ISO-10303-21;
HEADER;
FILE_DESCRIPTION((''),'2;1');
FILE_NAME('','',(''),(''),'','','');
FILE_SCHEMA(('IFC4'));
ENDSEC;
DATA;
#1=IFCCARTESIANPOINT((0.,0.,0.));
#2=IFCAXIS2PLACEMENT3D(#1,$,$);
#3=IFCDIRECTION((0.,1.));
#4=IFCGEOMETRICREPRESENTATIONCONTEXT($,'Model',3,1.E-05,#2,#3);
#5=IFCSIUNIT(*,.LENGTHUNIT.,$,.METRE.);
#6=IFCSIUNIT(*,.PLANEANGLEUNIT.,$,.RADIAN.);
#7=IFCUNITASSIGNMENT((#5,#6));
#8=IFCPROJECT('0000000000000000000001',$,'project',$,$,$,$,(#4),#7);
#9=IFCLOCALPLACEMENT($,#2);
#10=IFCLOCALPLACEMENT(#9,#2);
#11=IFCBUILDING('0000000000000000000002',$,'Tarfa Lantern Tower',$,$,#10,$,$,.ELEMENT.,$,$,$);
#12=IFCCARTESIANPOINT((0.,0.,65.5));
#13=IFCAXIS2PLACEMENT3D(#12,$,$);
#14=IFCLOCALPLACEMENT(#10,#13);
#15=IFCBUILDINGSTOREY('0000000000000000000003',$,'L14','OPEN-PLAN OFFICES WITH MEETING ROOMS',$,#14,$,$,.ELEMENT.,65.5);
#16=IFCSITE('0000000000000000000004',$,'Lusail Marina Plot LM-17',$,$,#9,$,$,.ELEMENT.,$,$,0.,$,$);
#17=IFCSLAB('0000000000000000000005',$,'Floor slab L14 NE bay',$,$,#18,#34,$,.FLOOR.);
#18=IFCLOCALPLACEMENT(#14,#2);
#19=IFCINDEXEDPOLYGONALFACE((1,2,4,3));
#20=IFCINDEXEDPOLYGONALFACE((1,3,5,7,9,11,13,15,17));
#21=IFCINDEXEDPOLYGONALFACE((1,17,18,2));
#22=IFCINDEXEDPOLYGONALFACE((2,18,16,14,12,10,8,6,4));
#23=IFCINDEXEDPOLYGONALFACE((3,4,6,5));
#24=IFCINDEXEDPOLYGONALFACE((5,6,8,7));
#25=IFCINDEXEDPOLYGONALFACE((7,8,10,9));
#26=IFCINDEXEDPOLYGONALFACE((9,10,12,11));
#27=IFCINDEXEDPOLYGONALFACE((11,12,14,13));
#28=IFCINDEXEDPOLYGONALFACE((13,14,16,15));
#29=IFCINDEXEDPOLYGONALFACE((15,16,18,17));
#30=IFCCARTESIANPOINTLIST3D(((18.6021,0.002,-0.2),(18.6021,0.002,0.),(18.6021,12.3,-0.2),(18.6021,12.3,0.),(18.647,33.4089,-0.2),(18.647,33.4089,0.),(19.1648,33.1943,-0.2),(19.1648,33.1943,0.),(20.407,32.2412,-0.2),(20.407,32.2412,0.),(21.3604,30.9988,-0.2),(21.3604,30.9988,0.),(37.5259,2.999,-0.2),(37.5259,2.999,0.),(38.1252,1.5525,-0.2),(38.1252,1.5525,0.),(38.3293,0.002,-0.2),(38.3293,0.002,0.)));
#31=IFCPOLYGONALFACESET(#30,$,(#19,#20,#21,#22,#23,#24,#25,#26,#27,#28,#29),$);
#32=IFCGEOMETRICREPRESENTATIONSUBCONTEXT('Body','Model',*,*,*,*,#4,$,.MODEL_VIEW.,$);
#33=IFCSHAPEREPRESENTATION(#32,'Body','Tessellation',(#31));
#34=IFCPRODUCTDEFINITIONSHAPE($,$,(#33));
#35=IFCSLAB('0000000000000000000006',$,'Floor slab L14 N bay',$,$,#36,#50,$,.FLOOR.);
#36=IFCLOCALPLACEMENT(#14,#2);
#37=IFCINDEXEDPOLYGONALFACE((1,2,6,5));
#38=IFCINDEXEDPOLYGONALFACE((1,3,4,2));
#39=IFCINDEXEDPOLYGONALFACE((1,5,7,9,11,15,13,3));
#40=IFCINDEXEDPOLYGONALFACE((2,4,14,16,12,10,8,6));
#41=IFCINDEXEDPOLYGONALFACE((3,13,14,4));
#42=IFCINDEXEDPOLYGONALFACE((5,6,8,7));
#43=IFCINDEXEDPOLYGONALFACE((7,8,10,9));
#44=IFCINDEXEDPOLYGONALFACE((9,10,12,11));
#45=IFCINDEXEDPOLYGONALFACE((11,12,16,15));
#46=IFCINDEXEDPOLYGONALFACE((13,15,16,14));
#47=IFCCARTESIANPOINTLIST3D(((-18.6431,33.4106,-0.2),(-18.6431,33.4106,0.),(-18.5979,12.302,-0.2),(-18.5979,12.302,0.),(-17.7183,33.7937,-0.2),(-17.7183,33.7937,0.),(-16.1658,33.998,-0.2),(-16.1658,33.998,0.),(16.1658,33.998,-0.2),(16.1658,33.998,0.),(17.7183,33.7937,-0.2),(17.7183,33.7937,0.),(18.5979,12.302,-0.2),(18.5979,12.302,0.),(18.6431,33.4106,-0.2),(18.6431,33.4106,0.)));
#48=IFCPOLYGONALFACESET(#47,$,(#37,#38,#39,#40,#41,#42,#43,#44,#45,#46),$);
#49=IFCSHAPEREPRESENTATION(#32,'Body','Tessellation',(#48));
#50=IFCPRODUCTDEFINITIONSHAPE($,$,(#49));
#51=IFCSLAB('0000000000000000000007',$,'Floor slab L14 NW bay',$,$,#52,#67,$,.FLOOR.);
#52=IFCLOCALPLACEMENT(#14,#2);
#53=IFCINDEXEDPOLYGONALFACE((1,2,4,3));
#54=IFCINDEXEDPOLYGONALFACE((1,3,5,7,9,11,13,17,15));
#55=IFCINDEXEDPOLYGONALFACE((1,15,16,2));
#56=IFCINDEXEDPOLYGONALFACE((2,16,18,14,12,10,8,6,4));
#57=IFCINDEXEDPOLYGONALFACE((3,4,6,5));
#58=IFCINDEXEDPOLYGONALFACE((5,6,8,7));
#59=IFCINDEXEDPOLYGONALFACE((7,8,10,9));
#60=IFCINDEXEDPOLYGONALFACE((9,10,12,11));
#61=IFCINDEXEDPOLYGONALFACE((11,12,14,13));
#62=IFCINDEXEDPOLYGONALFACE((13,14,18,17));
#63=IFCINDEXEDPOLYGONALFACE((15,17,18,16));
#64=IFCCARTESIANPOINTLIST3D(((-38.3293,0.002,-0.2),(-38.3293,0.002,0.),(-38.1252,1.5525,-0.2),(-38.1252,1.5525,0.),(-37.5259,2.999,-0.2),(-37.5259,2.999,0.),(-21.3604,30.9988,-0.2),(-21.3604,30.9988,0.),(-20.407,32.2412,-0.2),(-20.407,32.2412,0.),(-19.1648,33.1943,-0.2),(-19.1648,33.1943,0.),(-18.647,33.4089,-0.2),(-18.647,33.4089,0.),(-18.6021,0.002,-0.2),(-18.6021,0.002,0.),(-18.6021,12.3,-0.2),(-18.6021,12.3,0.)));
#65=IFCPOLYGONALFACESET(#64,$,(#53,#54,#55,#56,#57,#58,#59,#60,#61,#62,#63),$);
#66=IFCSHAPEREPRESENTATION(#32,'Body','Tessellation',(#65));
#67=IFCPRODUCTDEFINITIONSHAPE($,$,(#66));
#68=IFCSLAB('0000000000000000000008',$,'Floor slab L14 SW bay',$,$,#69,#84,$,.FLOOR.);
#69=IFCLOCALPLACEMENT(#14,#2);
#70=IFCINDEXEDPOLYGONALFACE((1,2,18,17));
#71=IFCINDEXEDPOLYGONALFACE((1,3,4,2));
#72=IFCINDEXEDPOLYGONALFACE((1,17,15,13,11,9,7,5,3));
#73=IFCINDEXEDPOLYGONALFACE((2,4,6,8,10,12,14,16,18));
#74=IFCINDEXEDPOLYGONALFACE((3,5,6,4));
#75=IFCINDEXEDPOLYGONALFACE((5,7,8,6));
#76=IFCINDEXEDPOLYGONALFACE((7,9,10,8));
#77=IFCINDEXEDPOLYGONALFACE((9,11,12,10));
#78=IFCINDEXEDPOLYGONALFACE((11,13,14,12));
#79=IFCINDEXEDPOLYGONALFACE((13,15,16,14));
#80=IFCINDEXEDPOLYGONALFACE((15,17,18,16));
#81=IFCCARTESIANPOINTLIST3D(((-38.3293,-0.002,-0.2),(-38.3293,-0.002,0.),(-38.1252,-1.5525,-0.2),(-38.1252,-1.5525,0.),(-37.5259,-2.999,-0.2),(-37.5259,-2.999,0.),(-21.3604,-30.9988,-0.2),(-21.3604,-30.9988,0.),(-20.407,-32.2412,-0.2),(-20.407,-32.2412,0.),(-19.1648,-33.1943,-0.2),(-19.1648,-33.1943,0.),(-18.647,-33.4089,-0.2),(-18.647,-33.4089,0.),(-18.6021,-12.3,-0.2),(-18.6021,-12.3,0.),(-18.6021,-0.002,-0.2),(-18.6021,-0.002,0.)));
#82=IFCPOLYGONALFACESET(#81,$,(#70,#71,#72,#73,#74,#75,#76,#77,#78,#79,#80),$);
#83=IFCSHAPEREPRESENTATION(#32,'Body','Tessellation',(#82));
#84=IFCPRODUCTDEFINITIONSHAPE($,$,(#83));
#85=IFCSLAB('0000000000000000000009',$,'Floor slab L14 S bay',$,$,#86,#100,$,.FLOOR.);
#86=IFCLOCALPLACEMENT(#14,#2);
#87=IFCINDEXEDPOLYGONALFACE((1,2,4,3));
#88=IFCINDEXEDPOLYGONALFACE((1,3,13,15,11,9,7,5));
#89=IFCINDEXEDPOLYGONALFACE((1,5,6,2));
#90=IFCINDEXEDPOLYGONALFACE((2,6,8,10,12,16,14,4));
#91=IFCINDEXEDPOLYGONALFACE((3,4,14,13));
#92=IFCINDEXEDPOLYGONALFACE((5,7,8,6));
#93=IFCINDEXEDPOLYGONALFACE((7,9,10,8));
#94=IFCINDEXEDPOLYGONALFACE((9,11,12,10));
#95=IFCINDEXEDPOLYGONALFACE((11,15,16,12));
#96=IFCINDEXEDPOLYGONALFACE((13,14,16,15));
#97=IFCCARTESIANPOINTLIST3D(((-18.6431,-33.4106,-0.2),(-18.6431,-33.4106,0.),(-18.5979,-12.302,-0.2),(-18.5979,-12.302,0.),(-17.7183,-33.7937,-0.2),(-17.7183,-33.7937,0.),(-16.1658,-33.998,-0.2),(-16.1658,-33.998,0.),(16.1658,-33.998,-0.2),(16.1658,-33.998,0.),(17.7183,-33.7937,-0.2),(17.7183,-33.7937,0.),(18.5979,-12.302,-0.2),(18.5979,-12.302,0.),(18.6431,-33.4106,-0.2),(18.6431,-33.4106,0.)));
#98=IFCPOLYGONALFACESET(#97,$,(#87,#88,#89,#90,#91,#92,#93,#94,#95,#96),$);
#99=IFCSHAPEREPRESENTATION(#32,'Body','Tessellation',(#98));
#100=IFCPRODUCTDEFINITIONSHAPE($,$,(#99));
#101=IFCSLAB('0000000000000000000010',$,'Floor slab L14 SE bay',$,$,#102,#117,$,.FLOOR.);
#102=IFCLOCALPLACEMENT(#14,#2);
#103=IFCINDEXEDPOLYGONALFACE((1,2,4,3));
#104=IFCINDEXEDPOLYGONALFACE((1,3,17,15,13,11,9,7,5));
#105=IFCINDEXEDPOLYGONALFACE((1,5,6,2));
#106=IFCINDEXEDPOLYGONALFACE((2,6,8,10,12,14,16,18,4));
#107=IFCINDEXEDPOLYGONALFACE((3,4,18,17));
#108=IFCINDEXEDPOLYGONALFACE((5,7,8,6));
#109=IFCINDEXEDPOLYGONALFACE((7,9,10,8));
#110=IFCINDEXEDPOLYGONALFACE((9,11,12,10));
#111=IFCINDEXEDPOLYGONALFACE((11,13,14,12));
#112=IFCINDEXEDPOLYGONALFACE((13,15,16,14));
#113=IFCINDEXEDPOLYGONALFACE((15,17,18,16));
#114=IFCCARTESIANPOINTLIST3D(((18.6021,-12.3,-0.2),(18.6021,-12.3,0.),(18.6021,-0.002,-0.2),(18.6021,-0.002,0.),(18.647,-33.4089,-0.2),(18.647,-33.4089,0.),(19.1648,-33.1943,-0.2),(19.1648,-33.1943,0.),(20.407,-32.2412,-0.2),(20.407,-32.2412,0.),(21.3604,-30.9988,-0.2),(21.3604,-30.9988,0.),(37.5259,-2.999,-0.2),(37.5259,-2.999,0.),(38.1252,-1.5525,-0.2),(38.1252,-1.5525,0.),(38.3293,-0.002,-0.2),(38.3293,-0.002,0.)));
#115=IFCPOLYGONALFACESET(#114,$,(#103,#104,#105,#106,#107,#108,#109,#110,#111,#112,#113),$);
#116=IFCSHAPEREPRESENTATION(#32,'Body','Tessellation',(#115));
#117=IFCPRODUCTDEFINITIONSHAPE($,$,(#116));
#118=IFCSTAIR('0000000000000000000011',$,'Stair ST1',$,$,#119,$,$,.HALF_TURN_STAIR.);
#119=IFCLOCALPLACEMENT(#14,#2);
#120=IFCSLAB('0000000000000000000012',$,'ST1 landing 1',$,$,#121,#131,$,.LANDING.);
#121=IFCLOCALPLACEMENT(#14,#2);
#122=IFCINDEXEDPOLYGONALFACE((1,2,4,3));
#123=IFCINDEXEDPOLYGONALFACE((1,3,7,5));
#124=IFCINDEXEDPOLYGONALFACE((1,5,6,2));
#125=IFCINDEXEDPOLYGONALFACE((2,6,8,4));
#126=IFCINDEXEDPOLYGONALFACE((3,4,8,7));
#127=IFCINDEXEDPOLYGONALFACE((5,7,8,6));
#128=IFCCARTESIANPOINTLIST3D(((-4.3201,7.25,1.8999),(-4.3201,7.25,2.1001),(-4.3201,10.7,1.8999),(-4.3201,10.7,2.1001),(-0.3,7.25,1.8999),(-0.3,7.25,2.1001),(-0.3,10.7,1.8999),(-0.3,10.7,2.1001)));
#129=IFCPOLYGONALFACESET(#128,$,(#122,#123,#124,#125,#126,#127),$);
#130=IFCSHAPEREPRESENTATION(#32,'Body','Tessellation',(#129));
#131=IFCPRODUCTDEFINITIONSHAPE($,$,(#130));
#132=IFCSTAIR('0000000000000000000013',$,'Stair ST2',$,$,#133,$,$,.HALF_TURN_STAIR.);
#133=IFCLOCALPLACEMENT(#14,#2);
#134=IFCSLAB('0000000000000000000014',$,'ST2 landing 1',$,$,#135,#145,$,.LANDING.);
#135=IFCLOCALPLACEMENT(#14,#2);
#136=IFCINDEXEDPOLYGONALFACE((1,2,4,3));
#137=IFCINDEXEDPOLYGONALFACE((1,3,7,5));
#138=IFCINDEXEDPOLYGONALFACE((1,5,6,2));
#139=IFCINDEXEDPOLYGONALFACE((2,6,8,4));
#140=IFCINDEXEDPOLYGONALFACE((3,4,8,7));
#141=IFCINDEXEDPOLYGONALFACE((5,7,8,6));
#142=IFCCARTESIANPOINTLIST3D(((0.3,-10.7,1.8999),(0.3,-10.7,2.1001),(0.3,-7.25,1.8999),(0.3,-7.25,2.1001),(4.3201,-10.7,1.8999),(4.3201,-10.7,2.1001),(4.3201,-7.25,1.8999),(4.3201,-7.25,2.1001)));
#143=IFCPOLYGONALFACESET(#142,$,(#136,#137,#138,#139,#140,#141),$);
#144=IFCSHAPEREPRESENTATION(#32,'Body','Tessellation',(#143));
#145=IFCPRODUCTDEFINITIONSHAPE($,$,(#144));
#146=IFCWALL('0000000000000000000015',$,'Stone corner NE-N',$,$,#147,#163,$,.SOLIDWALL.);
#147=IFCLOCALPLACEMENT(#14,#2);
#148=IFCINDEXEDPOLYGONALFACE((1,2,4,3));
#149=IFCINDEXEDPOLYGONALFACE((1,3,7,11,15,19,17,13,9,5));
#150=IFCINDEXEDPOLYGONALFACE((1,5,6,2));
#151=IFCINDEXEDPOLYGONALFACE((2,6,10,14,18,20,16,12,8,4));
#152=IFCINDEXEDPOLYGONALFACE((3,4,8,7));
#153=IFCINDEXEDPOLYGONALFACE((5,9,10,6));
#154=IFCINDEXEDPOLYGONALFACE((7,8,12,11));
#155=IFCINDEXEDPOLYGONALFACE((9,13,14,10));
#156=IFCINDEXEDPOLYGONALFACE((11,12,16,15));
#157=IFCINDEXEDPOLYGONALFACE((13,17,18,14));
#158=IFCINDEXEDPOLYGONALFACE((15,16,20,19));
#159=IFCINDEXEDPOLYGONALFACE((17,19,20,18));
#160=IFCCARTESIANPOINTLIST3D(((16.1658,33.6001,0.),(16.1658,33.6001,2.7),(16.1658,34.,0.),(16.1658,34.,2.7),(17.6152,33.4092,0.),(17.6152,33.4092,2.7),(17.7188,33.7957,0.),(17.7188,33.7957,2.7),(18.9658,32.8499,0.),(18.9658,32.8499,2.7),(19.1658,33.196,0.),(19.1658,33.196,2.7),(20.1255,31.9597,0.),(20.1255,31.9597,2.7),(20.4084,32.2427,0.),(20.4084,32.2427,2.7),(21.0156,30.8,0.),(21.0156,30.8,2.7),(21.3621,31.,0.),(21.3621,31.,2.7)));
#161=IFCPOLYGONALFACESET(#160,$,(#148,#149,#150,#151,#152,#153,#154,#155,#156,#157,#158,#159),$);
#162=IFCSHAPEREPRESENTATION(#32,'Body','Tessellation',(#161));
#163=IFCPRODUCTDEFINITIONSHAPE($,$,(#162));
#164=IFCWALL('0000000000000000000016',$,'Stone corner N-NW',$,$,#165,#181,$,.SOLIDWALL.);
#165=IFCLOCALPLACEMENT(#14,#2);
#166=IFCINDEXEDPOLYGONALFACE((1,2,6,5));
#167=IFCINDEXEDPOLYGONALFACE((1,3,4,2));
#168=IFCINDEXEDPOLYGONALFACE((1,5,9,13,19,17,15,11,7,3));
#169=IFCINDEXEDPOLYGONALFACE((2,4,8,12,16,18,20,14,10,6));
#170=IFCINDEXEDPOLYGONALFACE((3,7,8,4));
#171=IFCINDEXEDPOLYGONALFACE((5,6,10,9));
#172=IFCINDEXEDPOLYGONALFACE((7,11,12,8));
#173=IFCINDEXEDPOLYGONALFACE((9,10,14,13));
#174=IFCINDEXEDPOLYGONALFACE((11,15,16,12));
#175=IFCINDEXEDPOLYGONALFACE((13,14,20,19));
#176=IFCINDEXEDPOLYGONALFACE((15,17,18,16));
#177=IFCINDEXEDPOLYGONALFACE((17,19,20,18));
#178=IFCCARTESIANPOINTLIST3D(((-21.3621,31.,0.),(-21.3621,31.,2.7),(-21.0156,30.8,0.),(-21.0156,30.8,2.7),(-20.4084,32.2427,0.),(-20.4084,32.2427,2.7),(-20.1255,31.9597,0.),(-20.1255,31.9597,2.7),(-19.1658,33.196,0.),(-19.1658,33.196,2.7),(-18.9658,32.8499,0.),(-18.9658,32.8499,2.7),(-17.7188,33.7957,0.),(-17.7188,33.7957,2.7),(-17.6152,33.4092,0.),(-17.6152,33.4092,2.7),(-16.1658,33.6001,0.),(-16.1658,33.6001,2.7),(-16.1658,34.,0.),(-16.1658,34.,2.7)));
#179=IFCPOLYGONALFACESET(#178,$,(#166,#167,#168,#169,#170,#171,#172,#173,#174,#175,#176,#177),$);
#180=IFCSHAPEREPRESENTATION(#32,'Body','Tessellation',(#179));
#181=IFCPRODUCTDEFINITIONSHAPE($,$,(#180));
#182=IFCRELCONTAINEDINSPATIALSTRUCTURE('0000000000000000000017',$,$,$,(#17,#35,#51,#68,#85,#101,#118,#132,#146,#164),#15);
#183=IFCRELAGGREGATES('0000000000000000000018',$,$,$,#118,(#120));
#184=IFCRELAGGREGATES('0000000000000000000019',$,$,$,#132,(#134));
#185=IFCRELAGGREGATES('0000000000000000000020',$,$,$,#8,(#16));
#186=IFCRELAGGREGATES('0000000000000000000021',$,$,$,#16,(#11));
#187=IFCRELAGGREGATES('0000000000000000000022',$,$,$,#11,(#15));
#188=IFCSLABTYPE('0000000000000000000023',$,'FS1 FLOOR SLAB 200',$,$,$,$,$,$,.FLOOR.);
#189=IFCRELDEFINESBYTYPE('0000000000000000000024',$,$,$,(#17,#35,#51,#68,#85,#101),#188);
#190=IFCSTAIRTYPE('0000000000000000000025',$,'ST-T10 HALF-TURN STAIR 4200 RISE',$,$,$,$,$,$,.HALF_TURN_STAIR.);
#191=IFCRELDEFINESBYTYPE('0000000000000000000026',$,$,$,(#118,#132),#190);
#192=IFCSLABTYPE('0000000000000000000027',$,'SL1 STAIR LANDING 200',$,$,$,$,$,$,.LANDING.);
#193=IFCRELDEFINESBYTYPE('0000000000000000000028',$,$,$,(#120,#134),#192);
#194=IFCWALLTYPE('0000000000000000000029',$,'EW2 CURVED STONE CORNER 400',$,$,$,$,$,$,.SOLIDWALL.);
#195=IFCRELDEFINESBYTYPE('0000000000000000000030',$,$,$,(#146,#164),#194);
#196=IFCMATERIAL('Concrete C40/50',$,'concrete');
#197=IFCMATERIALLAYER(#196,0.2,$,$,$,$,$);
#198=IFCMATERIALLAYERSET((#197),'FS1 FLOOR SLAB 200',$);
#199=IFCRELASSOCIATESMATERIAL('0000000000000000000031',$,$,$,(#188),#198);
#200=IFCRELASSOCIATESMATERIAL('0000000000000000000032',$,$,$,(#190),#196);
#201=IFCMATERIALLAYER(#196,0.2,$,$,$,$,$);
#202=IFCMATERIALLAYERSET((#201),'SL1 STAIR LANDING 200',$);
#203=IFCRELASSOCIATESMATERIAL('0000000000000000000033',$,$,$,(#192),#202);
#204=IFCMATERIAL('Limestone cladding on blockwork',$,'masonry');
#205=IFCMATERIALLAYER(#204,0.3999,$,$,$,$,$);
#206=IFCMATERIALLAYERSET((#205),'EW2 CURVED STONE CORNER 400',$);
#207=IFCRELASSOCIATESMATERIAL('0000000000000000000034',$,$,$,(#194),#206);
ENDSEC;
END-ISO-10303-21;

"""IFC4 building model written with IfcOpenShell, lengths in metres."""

from ifc_helpers import new_model, si_unit, direction, frame, origin, place, context, subcontext, project, spatial, polyline, outline, extrude, material, layer, layer_set, type_object, element, aggregate, save


model = new_model("IFC4")

# Units and contexts
model_context = context("Model", 3, precision=1e-05, world=origin(), true_north=direction((0.0, 1.0)))
body_context = subcontext(model_context, "Body", "Model", "MODEL_VIEW")
ifc_project = project(units=[si_unit("LENGTHUNIT", "METRE"), si_unit("PLANEANGLEUNIT", "RADIAN")], contexts=[model_context])

# Site, building, storey
site_placement = place(None, origin())
site = spatial("IfcSite", under=ifc_project, at=site_placement, Name="Lusail Marina Plot LM-17", CompositionType="ELEMENT", RefElevation=0.0)
building_placement = place(site_placement, origin())
building = spatial("IfcBuilding", under=site, at=building_placement, Name="Tarfa Lantern Tower", CompositionType="ELEMENT")
storey_placement = place(building_placement, frame((0.0, 0.0, 65.5)))
storey = spatial("IfcBuildingStorey", under=building, at=storey_placement, Name="L14", Description="OPEN-PLAN OFFICES WITH MEETING ROOMS", CompositionType="ELEMENT", Elevation=65.5)

# Slabs
ifc_material_1 = material(Name="Concrete C40/50", Category="concrete")
ifc_layer_1 = layer(ifc_material_1, 0.2)
ifc_layer_set_1 = layer_set([ifc_layer_1], Name="FS1 FLOOR SLAB 200")
slab_type_1 = type_object("IfcSlabType", Name="FS1 FLOOR SLAB 200", PredefinedType="FLOOR", material=ifc_layer_set_1)
slab_1_placement = place(storey_placement, frame((0.0, 0.0, -0.2)))
element("IfcSlab", 1, at=slab_1_placement, inside=storey, type_object=slab_type_1, Name="Floor slab L14 NE bay", PredefinedType="FLOOR", context=body_context, shape_type="SweptSolid", body=[
    extrude(outline(polyline([(37.5259, 2.999), (21.3604, 30.9988), (20.407, 32.2412), (19.1648, 33.1943), (18.647, 33.4089), (18.6021, 12.3), (18.6021, 0.002), (38.3293, 0.002), (38.1252, 1.5525), (37.5259, 2.999)])), origin(), (0.0, 0.0, 1.0), 0.2),
])
slab_2_placement = place(storey_placement, frame((0.0, 0.0, -0.2)))
element("IfcSlab", 2, at=slab_2_placement, inside=storey, type_object=slab_type_1, Name="Floor slab L14 N bay", PredefinedType="FLOOR", context=body_context, shape_type="SweptSolid", body=[
    extrude(outline(polyline([(-18.5979, 12.302), (18.5979, 12.302), (18.6431, 33.4106), (17.7183, 33.7937), (16.1658, 33.998), (-16.1658, 33.998), (-17.7183, 33.7937), (-18.6431, 33.4106), (-18.5979, 12.302)])), origin(), (0.0, 0.0, 1.0), 0.2),
])
slab_3_placement = place(storey_placement, frame((0.0, 0.0, -0.2)))
element("IfcSlab", 3, at=slab_3_placement, inside=storey, type_object=slab_type_1, Name="Floor slab L14 NW bay", PredefinedType="FLOOR", context=body_context, shape_type="SweptSolid", body=[
    extrude(outline(polyline([(-18.6021, 0.002), (-18.6021, 12.3), (-18.647, 33.4089), (-19.1648, 33.1943), (-20.407, 32.2412), (-21.3604, 30.9988), (-37.5259, 2.999), (-38.1252, 1.5525), (-38.3293, 0.002), (-18.6021, 0.002)])), origin(), (0.0, 0.0, 1.0), 0.2),
])
slab_4_placement = place(storey_placement, frame((0.0, 0.0, -0.2)))
element("IfcSlab", 4, at=slab_4_placement, inside=storey, type_object=slab_type_1, Name="Floor slab L14 SW bay", PredefinedType="FLOOR", context=body_context, shape_type="SweptSolid", body=[
    extrude(outline(polyline([(-18.6021, -12.3), (-18.6021, -0.002), (-38.3293, -0.002), (-38.1252, -1.5525), (-37.5259, -2.999), (-21.3604, -30.9988), (-20.407, -32.2412), (-19.1648, -33.1943), (-18.647, -33.4089), (-18.6021, -12.3)])), origin(), (0.0, 0.0, 1.0), 0.2),
])
slab_5_placement = place(storey_placement, frame((0.0, 0.0, -0.2)))
element("IfcSlab", 5, at=slab_5_placement, inside=storey, type_object=slab_type_1, Name="Floor slab L14 S bay", PredefinedType="FLOOR", context=body_context, shape_type="SweptSolid", body=[
    extrude(outline(polyline([(18.5979, -12.302), (-18.5979, -12.302), (-18.6431, -33.4106), (-17.7183, -33.7937), (-16.1658, -33.998), (16.1658, -33.998), (17.7183, -33.7937), (18.6431, -33.4106), (18.5979, -12.302)])), origin(), (0.0, 0.0, 1.0), 0.2),
])
slab_6_placement = place(storey_placement, frame((0.0, 0.0, -0.2)))
element("IfcSlab", 6, at=slab_6_placement, inside=storey, type_object=slab_type_1, Name="Floor slab L14 SE bay", PredefinedType="FLOOR", context=body_context, shape_type="SweptSolid", body=[
    extrude(outline(polyline([(18.6021, -0.002), (18.6021, -12.3), (18.647, -33.4089), (19.1648, -33.1943), (20.407, -32.2412), (21.3604, -30.9988), (37.5259, -2.999), (38.1252, -1.5525), (38.3293, -0.002), (18.6021, -0.002)])), origin(), (0.0, 0.0, 1.0), 0.2),
])

# Stairs, slabs
stair_type = type_object("IfcStairType", Name="ST-T10 HALF-TURN STAIR 4200 RISE", PredefinedType="HALF_TURN_STAIR", material=ifc_material_1)
stair_1_placement = place(storey_placement, origin())
stair_1 = element("IfcStair", 7, at=stair_1_placement, inside=storey, type_object=stair_type, Name="Stair ST1", PredefinedType="HALF_TURN_STAIR")
ifc_layer_2 = layer(ifc_material_1, 0.2)
ifc_layer_set_2 = layer_set([ifc_layer_2], Name="SL1 STAIR LANDING 200")
slab_type_2 = type_object("IfcSlabType", Name="SL1 STAIR LANDING 200", PredefinedType="LANDING", material=ifc_layer_set_2)
slab_7_placement = place(storey_placement, frame((0.0, 0.0, 1.8999)))
slab_7 = element("IfcSlab", 8, at=slab_7_placement, type_object=slab_type_2, Name="ST1 landing 1", PredefinedType="LANDING", context=body_context, shape_type="SweptSolid", body=[
    extrude(outline(polyline([(-4.3201, 7.25), (-0.3, 7.25), (-0.3, 10.7), (-4.3201, 10.7), (-4.3201, 7.25)])), origin(), (0.0, 0.0, 1.0), 0.2002),
])
aggregate(stair_1, [slab_7])
stair_2_placement = place(storey_placement, origin())
stair_2 = element("IfcStair", 9, at=stair_2_placement, inside=storey, type_object=stair_type, Name="Stair ST2", PredefinedType="HALF_TURN_STAIR")
slab_8_placement = place(storey_placement, frame((0.0, 0.0, 1.8999)))
slab_8 = element("IfcSlab", 10, at=slab_8_placement, type_object=slab_type_2, Name="ST2 landing 1", PredefinedType="LANDING", context=body_context, shape_type="SweptSolid", body=[
    extrude(outline(polyline([(4.3201, -7.25), (0.3, -7.25), (0.3, -10.7), (4.3201, -10.7), (4.3201, -7.25)])), origin(), (0.0, 0.0, 1.0), 0.2002),
])
aggregate(stair_2, [slab_8])

# Walls
ifc_material_2 = material(Name="Limestone cladding on blockwork", Category="masonry")
ifc_layer_3 = layer(ifc_material_2, 0.3999)
ifc_layer_set_3 = layer_set([ifc_layer_3], Name="EW2 CURVED STONE CORNER 400")
wall_type_1 = type_object("IfcWallType", Name="EW2 CURVED STONE CORNER 400", PredefinedType="SOLIDWALL", material=ifc_layer_set_3)
wall_1_placement = place(storey_placement, origin())
element("IfcWall", 11, at=wall_1_placement, inside=storey, type_object=wall_type_1, Name="Stone corner NE-N", PredefinedType="SOLIDWALL", context=body_context, shape_type="SweptSolid", body=[
    extrude(outline(polyline([(21.3621, 31.0), (20.4084, 32.2427), (19.1658, 33.196), (17.7188, 33.7957), (16.1658, 34.0), (16.1658, 33.6001), (17.6152, 33.4092), (18.9658, 32.8499), (20.1255, 31.9597), (21.0156, 30.8), (21.3621, 31.0)])), origin(), (0.0, 0.0, 1.0), 2.7),
])
wall_2_placement = place(storey_placement, origin())
element("IfcWall", 12, at=wall_2_placement, inside=storey, type_object=wall_type_1, Name="Stone corner N-NW", PredefinedType="SOLIDWALL", context=body_context, shape_type="SweptSolid", body=[
    extrude(outline(polyline([(-16.1658, 34.0), (-17.7188, 33.7957), (-19.1658, 33.196), (-20.4084, 32.2427), (-21.3621, 31.0), (-21.0156, 30.8), (-20.1255, 31.9597), (-18.9658, 32.8499), (-17.6152, 33.4092), (-16.1658, 33.6001), (-16.1658, 34.0)])), origin(), (0.0, 0.0, 1.0), 2.7),
])

save(model, "model.ifc")
